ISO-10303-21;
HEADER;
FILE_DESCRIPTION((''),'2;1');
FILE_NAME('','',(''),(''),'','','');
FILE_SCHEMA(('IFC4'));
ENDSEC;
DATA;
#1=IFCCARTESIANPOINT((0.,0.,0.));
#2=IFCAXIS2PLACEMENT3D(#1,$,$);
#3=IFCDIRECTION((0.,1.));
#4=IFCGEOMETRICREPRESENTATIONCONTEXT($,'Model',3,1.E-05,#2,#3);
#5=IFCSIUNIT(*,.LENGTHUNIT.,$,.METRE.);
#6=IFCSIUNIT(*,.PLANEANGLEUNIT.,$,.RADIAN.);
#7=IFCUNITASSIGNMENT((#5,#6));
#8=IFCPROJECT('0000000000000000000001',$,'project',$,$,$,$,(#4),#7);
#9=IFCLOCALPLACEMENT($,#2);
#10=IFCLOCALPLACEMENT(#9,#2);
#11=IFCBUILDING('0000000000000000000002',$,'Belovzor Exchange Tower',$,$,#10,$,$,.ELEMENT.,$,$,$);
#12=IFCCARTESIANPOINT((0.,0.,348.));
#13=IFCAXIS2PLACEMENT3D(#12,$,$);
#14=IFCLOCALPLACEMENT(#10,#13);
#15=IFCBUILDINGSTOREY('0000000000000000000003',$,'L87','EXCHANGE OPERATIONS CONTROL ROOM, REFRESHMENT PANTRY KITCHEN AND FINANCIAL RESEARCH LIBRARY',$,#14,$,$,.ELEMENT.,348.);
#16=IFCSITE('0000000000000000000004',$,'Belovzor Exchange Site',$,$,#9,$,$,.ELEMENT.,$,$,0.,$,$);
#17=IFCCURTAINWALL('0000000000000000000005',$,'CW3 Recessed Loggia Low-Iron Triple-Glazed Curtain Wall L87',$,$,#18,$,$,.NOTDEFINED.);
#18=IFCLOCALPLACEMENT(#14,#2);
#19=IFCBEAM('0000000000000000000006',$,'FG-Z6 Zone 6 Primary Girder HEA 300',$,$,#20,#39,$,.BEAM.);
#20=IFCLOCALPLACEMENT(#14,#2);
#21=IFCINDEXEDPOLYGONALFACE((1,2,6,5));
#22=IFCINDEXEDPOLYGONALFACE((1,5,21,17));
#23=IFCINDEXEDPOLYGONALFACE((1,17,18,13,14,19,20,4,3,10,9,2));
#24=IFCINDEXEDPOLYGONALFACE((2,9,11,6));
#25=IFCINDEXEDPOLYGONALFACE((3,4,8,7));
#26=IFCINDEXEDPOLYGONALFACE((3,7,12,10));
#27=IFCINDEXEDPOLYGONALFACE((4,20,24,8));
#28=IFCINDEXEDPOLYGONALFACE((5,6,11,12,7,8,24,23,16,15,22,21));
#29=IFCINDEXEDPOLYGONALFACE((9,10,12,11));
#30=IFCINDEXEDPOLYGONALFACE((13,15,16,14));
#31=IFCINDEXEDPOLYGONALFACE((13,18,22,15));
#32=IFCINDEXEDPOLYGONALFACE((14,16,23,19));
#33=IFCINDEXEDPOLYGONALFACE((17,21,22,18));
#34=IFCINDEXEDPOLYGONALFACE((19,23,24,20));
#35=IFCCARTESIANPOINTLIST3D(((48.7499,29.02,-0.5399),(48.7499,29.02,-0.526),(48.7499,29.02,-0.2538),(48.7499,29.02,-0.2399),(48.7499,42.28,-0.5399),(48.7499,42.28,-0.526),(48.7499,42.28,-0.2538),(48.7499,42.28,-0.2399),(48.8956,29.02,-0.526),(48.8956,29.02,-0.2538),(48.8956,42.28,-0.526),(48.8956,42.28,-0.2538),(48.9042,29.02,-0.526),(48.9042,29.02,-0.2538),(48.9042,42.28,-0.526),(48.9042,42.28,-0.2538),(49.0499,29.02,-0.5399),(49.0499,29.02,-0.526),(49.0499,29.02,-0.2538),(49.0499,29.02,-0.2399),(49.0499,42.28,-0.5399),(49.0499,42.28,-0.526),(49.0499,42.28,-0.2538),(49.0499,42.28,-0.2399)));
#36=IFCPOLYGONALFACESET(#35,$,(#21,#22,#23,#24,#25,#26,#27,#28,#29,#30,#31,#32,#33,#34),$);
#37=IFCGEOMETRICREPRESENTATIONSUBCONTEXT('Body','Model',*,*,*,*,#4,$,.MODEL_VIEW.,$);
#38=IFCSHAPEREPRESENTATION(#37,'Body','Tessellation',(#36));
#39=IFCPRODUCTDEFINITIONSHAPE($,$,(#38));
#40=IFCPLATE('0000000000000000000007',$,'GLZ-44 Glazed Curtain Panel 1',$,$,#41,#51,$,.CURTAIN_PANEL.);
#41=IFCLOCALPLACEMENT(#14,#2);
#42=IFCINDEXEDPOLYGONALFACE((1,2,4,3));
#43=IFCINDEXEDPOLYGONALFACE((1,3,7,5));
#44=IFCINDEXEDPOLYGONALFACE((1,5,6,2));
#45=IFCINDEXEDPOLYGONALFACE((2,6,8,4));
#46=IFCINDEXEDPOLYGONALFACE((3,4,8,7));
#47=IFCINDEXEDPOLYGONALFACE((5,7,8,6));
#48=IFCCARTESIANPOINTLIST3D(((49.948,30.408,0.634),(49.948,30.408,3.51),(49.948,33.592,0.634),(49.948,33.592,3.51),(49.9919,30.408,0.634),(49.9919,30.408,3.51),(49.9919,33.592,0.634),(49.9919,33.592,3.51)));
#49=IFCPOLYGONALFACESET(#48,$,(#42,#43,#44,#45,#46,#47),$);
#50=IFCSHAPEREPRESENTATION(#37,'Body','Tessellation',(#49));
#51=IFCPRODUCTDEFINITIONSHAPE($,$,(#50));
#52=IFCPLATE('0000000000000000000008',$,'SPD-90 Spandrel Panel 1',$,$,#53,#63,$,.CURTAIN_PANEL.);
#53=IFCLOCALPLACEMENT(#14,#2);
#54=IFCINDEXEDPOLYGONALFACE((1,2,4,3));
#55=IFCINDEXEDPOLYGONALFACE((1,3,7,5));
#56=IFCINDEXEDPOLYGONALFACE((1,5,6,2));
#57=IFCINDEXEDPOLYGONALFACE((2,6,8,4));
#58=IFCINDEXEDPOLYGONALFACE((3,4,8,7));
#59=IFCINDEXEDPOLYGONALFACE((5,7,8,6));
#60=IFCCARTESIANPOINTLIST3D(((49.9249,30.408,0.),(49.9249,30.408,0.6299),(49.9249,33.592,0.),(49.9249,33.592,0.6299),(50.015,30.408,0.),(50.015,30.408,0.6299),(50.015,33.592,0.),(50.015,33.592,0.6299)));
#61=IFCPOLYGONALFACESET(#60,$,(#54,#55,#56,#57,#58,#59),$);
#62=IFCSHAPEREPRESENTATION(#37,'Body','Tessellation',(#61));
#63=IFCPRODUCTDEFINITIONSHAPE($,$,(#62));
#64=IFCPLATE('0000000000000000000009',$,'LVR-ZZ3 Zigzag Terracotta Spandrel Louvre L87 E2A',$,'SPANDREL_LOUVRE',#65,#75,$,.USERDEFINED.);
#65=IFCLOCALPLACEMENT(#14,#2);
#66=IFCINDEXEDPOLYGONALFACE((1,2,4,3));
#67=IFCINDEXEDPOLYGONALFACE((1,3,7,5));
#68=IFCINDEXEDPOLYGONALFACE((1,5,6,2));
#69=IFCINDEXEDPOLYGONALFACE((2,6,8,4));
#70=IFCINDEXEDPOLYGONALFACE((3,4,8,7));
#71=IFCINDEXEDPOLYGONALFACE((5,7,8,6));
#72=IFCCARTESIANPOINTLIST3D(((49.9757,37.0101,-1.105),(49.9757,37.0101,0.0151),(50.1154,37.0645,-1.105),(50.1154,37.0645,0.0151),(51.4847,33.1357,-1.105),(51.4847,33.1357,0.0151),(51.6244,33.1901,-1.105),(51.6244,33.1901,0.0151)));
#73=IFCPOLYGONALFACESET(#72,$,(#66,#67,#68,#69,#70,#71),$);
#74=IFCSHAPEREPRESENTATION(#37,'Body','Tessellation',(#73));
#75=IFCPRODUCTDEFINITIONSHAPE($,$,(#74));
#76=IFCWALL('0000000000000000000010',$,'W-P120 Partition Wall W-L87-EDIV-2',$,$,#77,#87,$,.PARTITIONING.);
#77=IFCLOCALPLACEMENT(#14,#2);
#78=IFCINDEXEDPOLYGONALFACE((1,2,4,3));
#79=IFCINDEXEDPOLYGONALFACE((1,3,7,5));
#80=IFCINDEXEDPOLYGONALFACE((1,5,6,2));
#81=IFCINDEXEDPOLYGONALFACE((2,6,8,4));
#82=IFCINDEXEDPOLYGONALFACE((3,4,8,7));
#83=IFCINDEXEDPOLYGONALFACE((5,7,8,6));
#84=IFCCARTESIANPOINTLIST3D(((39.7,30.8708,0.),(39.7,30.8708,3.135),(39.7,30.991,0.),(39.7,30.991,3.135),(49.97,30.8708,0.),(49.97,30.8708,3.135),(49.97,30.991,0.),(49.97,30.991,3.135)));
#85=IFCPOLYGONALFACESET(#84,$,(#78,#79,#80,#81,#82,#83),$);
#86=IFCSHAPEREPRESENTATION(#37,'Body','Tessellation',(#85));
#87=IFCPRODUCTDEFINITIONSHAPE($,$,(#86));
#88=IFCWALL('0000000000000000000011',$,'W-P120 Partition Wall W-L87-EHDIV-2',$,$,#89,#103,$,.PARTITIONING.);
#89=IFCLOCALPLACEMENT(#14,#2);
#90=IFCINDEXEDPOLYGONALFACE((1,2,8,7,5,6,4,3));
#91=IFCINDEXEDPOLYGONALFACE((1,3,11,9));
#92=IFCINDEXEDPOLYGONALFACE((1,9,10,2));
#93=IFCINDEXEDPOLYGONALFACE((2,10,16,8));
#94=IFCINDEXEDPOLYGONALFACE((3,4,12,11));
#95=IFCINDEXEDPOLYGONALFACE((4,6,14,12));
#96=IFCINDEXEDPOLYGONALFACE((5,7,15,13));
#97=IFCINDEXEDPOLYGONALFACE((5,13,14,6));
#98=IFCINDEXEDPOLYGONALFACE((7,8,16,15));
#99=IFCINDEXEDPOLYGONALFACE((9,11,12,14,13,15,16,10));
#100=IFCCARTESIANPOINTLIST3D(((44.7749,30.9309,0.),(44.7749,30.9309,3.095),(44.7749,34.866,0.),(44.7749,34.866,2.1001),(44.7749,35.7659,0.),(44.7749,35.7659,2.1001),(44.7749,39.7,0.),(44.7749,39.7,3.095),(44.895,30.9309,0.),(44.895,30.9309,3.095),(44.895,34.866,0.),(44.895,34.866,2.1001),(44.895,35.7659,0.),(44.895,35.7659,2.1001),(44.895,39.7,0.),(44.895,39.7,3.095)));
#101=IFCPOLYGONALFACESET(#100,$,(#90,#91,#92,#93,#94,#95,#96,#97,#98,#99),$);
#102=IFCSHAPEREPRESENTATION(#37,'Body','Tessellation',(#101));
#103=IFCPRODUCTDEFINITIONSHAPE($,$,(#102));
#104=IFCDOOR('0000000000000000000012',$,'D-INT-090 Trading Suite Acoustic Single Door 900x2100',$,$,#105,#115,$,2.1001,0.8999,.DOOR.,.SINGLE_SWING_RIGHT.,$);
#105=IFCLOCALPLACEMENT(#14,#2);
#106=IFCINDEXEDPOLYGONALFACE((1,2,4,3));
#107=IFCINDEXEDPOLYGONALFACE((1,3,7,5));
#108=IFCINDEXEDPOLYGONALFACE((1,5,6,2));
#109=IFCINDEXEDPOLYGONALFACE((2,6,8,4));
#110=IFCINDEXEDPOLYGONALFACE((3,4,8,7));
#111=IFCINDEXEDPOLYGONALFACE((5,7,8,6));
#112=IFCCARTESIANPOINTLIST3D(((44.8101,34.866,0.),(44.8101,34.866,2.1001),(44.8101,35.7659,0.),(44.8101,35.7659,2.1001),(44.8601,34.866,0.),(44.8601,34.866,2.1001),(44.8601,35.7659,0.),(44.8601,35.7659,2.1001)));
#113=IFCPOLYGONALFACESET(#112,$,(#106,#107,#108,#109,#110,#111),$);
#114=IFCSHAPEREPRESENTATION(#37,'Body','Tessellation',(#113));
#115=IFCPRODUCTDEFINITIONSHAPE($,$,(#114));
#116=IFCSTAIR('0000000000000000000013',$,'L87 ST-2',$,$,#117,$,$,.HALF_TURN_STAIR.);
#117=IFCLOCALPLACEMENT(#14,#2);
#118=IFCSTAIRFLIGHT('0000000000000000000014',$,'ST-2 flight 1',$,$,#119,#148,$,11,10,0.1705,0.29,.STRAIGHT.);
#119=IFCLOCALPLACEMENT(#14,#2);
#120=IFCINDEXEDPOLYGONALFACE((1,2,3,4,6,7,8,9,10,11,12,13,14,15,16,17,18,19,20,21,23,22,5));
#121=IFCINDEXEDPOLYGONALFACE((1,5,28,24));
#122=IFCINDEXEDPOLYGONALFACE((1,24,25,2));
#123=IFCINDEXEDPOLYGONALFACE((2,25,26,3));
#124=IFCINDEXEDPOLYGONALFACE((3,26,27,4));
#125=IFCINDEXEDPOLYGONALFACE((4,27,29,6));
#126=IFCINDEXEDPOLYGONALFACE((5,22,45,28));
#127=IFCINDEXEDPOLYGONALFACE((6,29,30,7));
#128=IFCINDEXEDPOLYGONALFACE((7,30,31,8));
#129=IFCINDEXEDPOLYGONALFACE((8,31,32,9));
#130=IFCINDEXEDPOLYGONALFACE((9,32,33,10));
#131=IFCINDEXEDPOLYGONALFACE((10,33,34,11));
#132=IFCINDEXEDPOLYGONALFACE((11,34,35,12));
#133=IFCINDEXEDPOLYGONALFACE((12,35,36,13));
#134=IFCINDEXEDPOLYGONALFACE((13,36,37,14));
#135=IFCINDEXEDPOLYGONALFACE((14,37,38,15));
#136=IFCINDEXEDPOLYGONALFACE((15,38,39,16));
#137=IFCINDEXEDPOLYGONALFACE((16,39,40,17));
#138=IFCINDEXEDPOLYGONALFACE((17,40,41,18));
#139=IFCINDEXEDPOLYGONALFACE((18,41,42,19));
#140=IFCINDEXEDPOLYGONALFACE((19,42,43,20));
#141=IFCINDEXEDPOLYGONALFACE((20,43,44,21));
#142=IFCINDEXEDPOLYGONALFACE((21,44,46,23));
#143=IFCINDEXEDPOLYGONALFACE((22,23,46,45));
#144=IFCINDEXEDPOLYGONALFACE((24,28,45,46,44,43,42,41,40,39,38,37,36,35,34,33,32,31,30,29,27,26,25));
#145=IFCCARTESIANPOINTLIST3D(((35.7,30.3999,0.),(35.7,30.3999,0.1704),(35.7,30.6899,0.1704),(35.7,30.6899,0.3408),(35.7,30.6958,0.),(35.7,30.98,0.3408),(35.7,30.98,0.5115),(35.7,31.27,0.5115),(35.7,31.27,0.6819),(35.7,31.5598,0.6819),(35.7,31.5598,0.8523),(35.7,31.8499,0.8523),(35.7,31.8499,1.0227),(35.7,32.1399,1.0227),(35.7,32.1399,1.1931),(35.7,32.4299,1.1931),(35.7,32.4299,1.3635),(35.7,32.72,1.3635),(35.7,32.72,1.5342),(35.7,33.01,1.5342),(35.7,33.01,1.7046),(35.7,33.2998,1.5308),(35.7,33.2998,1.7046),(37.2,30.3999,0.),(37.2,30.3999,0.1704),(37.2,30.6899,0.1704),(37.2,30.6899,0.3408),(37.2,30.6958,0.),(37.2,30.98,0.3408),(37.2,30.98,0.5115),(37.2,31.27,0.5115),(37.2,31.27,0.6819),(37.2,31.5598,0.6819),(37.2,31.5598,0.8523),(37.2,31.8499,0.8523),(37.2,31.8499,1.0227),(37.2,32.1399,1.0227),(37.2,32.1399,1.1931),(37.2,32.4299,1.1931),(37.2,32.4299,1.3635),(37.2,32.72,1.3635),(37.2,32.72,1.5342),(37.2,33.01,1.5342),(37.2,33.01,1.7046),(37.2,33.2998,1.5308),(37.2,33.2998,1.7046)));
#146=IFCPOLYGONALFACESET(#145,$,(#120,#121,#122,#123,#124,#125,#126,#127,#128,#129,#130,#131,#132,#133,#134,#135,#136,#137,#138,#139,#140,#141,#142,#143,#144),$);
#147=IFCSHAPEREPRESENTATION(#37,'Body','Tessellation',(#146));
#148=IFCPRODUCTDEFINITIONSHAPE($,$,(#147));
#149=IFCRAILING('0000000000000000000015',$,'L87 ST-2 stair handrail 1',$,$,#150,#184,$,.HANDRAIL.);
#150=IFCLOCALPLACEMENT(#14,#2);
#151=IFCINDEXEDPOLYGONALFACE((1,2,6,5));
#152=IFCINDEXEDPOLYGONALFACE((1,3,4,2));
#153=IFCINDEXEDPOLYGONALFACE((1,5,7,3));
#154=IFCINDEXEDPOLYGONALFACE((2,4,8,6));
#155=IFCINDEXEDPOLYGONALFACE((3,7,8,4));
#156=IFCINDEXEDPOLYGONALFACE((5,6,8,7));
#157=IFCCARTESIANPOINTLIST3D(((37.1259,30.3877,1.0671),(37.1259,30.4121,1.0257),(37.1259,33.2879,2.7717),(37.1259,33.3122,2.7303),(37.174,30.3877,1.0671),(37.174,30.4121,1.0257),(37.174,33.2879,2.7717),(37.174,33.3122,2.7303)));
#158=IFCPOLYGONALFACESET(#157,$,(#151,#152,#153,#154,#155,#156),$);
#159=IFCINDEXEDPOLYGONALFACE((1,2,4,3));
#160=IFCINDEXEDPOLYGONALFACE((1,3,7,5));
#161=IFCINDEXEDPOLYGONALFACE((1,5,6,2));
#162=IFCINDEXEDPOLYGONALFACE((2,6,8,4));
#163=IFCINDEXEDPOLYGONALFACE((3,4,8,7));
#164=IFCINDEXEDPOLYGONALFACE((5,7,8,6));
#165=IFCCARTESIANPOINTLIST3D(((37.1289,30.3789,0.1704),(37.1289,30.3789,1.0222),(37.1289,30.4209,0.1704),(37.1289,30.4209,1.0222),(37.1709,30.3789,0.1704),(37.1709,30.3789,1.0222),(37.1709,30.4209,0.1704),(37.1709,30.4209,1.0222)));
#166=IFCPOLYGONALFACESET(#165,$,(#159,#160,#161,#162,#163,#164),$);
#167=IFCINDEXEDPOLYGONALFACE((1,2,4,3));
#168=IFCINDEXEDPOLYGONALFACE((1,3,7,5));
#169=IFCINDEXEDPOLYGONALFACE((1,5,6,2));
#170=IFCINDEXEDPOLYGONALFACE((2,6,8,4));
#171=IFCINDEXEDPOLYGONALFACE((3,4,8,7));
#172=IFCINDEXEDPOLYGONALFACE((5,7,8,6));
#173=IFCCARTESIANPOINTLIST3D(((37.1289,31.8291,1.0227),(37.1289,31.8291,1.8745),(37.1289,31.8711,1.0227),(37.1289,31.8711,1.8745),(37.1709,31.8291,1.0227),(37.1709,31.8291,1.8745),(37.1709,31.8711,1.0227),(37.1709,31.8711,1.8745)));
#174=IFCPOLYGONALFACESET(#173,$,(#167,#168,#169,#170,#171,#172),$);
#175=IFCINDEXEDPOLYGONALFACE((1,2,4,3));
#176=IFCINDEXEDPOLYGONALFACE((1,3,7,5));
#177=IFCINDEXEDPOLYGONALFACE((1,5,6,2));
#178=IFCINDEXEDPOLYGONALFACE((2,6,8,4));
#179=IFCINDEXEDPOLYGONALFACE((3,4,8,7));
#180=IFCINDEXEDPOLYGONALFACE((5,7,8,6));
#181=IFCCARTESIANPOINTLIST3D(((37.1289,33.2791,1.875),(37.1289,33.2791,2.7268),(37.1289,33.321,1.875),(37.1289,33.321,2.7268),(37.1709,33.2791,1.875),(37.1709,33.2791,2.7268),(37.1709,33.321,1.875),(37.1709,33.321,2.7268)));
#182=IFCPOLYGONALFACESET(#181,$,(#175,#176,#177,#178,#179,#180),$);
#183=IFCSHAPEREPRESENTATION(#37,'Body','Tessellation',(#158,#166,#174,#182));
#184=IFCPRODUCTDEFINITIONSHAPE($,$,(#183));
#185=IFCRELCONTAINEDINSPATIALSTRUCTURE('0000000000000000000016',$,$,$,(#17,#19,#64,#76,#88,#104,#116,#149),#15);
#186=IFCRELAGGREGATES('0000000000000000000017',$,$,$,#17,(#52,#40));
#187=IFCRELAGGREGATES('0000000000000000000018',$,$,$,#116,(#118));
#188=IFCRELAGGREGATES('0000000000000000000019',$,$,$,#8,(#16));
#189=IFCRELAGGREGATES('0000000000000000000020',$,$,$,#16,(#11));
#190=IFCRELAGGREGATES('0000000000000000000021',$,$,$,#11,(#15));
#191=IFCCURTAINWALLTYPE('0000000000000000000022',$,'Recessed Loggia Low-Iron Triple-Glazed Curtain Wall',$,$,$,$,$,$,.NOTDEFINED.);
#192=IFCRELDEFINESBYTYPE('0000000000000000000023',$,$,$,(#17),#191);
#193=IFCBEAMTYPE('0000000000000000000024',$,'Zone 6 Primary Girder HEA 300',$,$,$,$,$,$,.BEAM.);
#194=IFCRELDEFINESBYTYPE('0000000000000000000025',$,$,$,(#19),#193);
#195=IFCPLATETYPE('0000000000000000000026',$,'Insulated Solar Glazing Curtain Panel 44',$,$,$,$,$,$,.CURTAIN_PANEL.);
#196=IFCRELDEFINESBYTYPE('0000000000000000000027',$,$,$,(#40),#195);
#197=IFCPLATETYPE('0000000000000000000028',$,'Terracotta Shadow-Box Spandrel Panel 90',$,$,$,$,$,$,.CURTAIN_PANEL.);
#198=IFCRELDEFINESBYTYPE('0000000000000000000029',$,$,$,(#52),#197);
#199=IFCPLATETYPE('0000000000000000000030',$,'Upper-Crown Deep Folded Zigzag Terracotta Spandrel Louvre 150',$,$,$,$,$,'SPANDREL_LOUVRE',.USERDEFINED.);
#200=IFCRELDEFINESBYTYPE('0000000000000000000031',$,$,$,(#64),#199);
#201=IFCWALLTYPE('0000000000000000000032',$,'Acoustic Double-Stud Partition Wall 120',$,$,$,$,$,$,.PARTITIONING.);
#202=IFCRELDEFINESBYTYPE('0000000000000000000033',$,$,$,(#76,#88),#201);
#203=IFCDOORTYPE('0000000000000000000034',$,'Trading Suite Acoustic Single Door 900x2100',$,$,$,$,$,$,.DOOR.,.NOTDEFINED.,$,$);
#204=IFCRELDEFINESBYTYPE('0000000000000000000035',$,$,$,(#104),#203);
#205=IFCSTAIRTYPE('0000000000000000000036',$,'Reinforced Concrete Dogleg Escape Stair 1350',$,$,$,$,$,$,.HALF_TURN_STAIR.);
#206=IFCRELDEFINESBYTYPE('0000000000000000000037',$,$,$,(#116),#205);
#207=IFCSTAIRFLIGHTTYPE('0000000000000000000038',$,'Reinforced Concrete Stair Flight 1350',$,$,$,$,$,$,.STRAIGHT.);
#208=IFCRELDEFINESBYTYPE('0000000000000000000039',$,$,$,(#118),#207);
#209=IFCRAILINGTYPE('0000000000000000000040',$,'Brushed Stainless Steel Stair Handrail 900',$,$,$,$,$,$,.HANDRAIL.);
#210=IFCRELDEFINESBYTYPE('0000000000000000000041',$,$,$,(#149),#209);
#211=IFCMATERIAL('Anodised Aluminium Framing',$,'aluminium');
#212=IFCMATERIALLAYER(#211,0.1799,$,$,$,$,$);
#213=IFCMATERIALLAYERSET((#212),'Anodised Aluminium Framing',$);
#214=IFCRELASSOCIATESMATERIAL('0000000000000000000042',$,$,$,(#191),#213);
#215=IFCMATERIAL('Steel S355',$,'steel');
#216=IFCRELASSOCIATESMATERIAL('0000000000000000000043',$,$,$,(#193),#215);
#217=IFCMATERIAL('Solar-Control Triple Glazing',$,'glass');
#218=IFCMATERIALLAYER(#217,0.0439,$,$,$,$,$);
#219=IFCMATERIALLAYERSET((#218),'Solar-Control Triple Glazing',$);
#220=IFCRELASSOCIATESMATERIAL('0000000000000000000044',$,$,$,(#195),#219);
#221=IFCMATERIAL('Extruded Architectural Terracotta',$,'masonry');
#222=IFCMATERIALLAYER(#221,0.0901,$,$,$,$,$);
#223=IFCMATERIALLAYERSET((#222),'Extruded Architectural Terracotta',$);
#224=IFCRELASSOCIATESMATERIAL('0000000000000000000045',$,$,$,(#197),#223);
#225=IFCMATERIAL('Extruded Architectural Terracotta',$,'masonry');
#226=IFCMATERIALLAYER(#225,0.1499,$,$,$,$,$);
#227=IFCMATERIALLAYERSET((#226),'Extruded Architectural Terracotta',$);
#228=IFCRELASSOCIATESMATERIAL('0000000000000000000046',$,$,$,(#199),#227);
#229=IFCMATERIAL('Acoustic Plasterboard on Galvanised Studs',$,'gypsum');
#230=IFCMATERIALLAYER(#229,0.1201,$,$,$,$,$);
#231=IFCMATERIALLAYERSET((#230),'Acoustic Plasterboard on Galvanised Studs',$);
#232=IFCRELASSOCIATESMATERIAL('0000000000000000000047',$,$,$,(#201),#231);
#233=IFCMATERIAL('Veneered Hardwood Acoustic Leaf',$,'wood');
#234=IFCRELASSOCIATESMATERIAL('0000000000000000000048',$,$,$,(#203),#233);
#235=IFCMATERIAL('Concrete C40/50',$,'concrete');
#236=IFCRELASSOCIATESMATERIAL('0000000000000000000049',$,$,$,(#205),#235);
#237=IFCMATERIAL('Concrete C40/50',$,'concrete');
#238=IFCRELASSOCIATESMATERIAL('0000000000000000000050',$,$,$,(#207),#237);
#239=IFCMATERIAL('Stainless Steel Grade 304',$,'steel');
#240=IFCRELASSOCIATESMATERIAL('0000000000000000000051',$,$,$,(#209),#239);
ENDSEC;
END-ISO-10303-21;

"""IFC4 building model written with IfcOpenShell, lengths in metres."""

from ifc_helpers import new_model, si_unit, direction, frame, frame_2d, origin, origin_2d, place, context, subcontext, project, spatial, polyline, rectangle, i_section, outline, extrude, material, layer, layer_set, material_profile, profile_set, type_object, element, fill, aggregate, save


model = new_model("IFC4")

# Units and contexts
model_context = context("Model", 3, precision=1e-05, world=origin(), true_north=direction((0.0, 1.0)))
body_context = subcontext(model_context, "Body", "Model", "MODEL_VIEW")
ifc_project = project(units=[si_unit("LENGTHUNIT", "METRE"), si_unit("PLANEANGLEUNIT", "RADIAN")], contexts=[model_context])

# Site, building, storey
site_placement = place(None, origin())
site = spatial("IfcSite", under=ifc_project, at=site_placement, Name="Belovzor Exchange Site", CompositionType="ELEMENT", RefElevation=0.0)
building_placement = place(site_placement, origin())
building = spatial("IfcBuilding", under=site, at=building_placement, Name="Belovzor Exchange Tower", CompositionType="ELEMENT")
storey_placement = place(building_placement, frame((0.0, 0.0, 348.0)))
storey = spatial("IfcBuildingStorey", under=building, at=storey_placement, Name="L87", Description="EXCHANGE OPERATIONS CONTROL ROOM, REFRESHMENT PANTRY KITCHEN AND FINANCIAL RESEARCH LIBRARY", CompositionType="ELEMENT", Elevation=348.0)

# Curtain wall
ifc_material_1 = material(Name="Anodised Aluminium Framing", Category="aluminium")
ifc_layer_1 = layer(ifc_material_1, 0.1799)
ifc_layer_set_1 = layer_set([ifc_layer_1], Name="Anodised Aluminium Framing")
curtain_wall_type = type_object("IfcCurtainWallType", Name="Recessed Loggia Low-Iron Triple-Glazed Curtain Wall", PredefinedType="NOTDEFINED", material=ifc_layer_set_1)
curtain_wall_placement = place(storey_placement, origin())
curtain_wall = element("IfcCurtainWall", 1, at=curtain_wall_placement, inside=storey, type_object=curtain_wall_type, Name="CW3 Recessed Loggia Low-Iron Triple-Glazed Curtain Wall L87", PredefinedType="NOTDEFINED")

# Beam
ifc_material_2 = material(Name="Steel S355", Category="steel")
ifc_material_profile_1 = material_profile(ifc_material_2, i_section(OverallWidth=0.3, OverallDepth=0.3, WebThickness=0.0085, FlangeThickness=0.0139, at=origin_2d()))
ifc_profile_set_1 = profile_set([ifc_material_profile_1], Name="Steel S355")
beam_type_1 = type_object("IfcBeamType", Name="Zone 6 Primary Girder HEA 300", PredefinedType="BEAM", material=ifc_profile_set_1)
beam_1_placement = place(storey_placement, frame((48.8999, 29.02, -0.3899), z_axis=(0.0, 1.0, 0.0), x_axis=(-1.0, 0.0, 0.0)))
element("IfcBeam", 2, at=beam_1_placement, inside=storey, type_object=beam_type_1, Name="FG-Z6 Zone 6 Primary Girder HEA 300", PredefinedType="BEAM", context=body_context, shape_type="SweptSolid", body=[
    extrude(i_section(OverallWidth=0.3, OverallDepth=0.3, WebThickness=0.0085, FlangeThickness=0.0139, at=origin_2d()), origin(), (0.0, 0.0, 1.0), 13.26),
])

# Plates
ifc_material_3 = material(Name="Solar-Control Triple Glazing", Category="glass")
ifc_layer_2 = layer(ifc_material_3, 0.0439)
ifc_layer_set_2 = layer_set([ifc_layer_2], Name="Solar-Control Triple Glazing")
plate_type_1 = type_object("IfcPlateType", Name="Insulated Solar Glazing Curtain Panel 44", PredefinedType="CURTAIN_PANEL", material=ifc_layer_set_2)
plate_1_placement = place(storey_placement, frame((49.97, 32.0, 0.634), z_axis=(0.0, 0.0, 1.0), x_axis=(0.0, -1.0, 0.0)))
plate_1 = element("IfcPlate", 3, at=plate_1_placement, type_object=plate_type_1, Name="GLZ-44 Glazed Curtain Panel 1", PredefinedType="CURTAIN_PANEL", context=body_context, shape_type="SweptSolid", body=[
    extrude(rectangle(XDim=3.1841, YDim=0.0439, at=origin_2d()), origin(), (0.0, 0.0, 1.0), 2.876),
])
ifc_material_4 = material(Name="Extruded Architectural Terracotta", Category="masonry")
ifc_layer_3 = layer(ifc_material_4, 0.0901)
ifc_layer_set_3 = layer_set([ifc_layer_3], Name="Extruded Architectural Terracotta")
plate_type_2 = type_object("IfcPlateType", Name="Terracotta Shadow-Box Spandrel Panel 90", PredefinedType="CURTAIN_PANEL", material=ifc_layer_set_3)
plate_2_placement = place(storey_placement, frame((49.97, 32.0, 0.0), z_axis=(0.0, 0.0, 1.0), x_axis=(0.0, -1.0, 0.0)))
plate_2 = element("IfcPlate", 4, at=plate_2_placement, type_object=plate_type_2, Name="SPD-90 Spandrel Panel 1", PredefinedType="CURTAIN_PANEL", context=body_context, shape_type="SweptSolid", body=[
    extrude(rectangle(XDim=3.1841, YDim=0.0901, at=origin_2d()), origin(), (0.0, 0.0, 1.0), 0.6299),
])
aggregate(curtain_wall, [plate_2, plate_1])
ifc_material_5 = material(Name="Extruded Architectural Terracotta", Category="masonry")
ifc_layer_4 = layer(ifc_material_5, 0.1499)
ifc_layer_set_4 = layer_set([ifc_layer_4], Name="Extruded Architectural Terracotta")
plate_type_3 = type_object("IfcPlateType", Name="Upper-Crown Deep Folded Zigzag Terracotta Spandrel Louvre 150", ElementType="SPANDREL_LOUVRE", PredefinedType="USERDEFINED", material=ifc_layer_set_4)
plate_3_placement = place(storey_placement, frame((50.8, 35.1001, -1.105), z_axis=(0.0, 0.0, 1.0), x_axis=(-0.362926, 0.931818, 0.0)))
element("IfcPlate", 5, at=plate_3_placement, inside=storey, type_object=plate_type_3, Name="LVR-ZZ3 Zigzag Terracotta Spandrel Louvre L87 E2A", ObjectType="SPANDREL_LOUVRE", PredefinedType="USERDEFINED", context=body_context, shape_type="SweptSolid", body=[
    extrude(rectangle(XDim=4.158, YDim=0.1499, at=origin_2d()), origin(), (0.0, 0.0, 1.0), 1.1201),
])

# Wall
ifc_material_6 = material(Name="Acoustic Plasterboard on Galvanised Studs", Category="gypsum")
ifc_layer_5 = layer(ifc_material_6, 0.1201)
ifc_layer_set_5 = layer_set([ifc_layer_5], Name="Acoustic Plasterboard on Galvanised Studs")
wall_type = type_object("IfcWallType", Name="Acoustic Double-Stud Partition Wall 120", PredefinedType="PARTITIONING", material=ifc_layer_set_5)
wall_1_placement = place(storey_placement, frame((39.7, 30.9309, 0.0), z_axis=(0.0, 0.0, 1.0), x_axis=(1.0, 0.0, 0.0)))
element("IfcWall", 6, at=wall_1_placement, inside=storey, type_object=wall_type, Name="W-P120 Partition Wall W-L87-EDIV-2", PredefinedType="PARTITIONING", context=body_context, shape_type="SweptSolid", body=[
    extrude(rectangle(XDim=10.27, YDim=0.1201, at=frame_2d((5.135, 0.0))), origin(), (0.0, 0.0, 1.0), 3.135),
])

# Wall, opening, door
wall_2_placement = place(storey_placement, frame((44.835, 30.9309, 0.0), z_axis=(0.0, 0.0, 1.0), x_axis=(0.0, 1.0, 0.0)))
wall_2 = element("IfcWall", 7, at=wall_2_placement, inside=storey, type_object=wall_type, Name="W-P120 Partition Wall W-L87-EHDIV-2", PredefinedType="PARTITIONING", context=body_context, shape_type="SweptSolid", body=[
    extrude(rectangle(XDim=8.769, YDim=0.1201, at=frame_2d((4.3845, 0.0))), origin(), (0.0, 0.0, 1.0), 3.095),
])
opening_placement = place(wall_2_placement, frame((3.9351, 0.0, 0.0)))
opening = element("IfcOpeningElement", 8, at=opening_placement, cuts=wall_2, PredefinedType="OPENING", context=body_context, shape_type="SweptSolid", body=[
    extrude(rectangle(XDim=0.8999, YDim=2.1001, at=frame_2d((0.45, 1.05))), frame((0.0, 0.0701, 0.0), z_axis=(0.0, -1.0, 0.0), x_axis=(1.0, 0.0, 0.0)), (0.0, 0.0, 1.0), 0.1401),
])
ifc_material_7 = material(Name="Veneered Hardwood Acoustic Leaf", Category="wood")
door_type = type_object("IfcDoorType", Name="Trading Suite Acoustic Single Door 900x2100", OperationType="NOTDEFINED", PredefinedType="DOOR", material=ifc_material_7)
door_placement = place(opening_placement, origin())
door = element("IfcDoor", 9, at=door_placement, inside=storey, type_object=door_type, Name="D-INT-090 Trading Suite Acoustic Single Door 900x2100", OperationType="SINGLE_SWING_RIGHT", OverallHeight=2.1001, OverallWidth=0.8999, PredefinedType="DOOR", context=body_context, shape_type="SweptSolid", body=[
    extrude(rectangle(XDim=0.8999, YDim=2.1001, at=frame_2d((0.45, 1.05))), frame((0.0, 0.0249, 0.0), z_axis=(0.0, -1.0, 0.0), x_axis=(1.0, 0.0, 0.0)), (0.0, 0.0, 1.0), 0.05),
])
fill(opening, door)

# Stair, stair flight
ifc_material_8 = material(Name="Concrete C40/50", Category="concrete")
stair_type = type_object("IfcStairType", Name="Reinforced Concrete Dogleg Escape Stair 1350", PredefinedType="HALF_TURN_STAIR", material=ifc_material_8)
stair_placement = place(storey_placement, origin())
stair = element("IfcStair", 10, at=stair_placement, inside=storey, type_object=stair_type, Name="L87 ST-2", PredefinedType="HALF_TURN_STAIR")
ifc_material_9 = material(Name="Concrete C40/50", Category="concrete")
stair_flight_type = type_object("IfcStairFlightType", Name="Reinforced Concrete Stair Flight 1350", PredefinedType="STRAIGHT", material=ifc_material_9)
stair_flight_placement = place(storey_placement, frame((36.45, 30.3999, 0.0), z_axis=(0.0, 0.0, 1.0), x_axis=(0.0, 1.0, 0.0)))
stair_flight = element("IfcStairFlight", 11, at=stair_flight_placement, type_object=stair_flight_type, Name="ST-2 flight 1", NumberOfRisers=11, NumberOfTreads=10, PredefinedType="STRAIGHT", RiserHeight=0.1705, TreadLength=0.29, context=body_context, shape_type="SweptSolid", body=[
    extrude(outline(polyline([(0.0, 0.0), (0.0, 0.1704), (0.29, 0.1704), (0.29, 0.3408), (0.5801, 0.3408), (0.5801, 0.5115), (0.8701, 0.5115), (0.8701, 0.6819), (1.1599, 0.6819), (1.1599, 0.8523), (1.45, 0.8523), (1.45, 1.0227), (1.74, 1.0227), (1.74, 1.1931), (2.03, 1.1931), (2.03, 1.3635), (2.3201, 1.3635), (2.3201, 1.5342), (2.6101, 1.5342), (2.6101, 1.7046), (2.8999, 1.7046), (2.8999, 1.875), (2.8999, 1.5308), (0.2959, 0.0), (0.0, 0.0)])), frame((0.0, 0.75, 0.0), z_axis=(0.0, -1.0, 0.0), x_axis=(1.0, 0.0, 0.0)), (0.0, 0.0, 1.0), 1.5),
])
aggregate(stair, [stair_flight])

# Railing
ifc_material_10 = material(Name="Stainless Steel Grade 304", Category="steel")
railing_type = type_object("IfcRailingType", Name="Brushed Stainless Steel Stair Handrail 900", PredefinedType="HANDRAIL", material=ifc_material_10)
railing_placement = place(storey_placement, frame((37.1499, 30.3999, 0.1704)))
element("IfcRailing", 12, at=railing_placement, inside=storey, type_object=railing_type, Name="L87 ST-2 stair handrail 1", PredefinedType="HANDRAIL", context=body_context, shape_type="SweptSolid", body=[
    extrude(rectangle(XDim=0.0481, YDim=0.0481, at=origin_2d()), frame((0.0, 0.0, 0.876), z_axis=(0.0, 0.862113, 0.506716), x_axis=(-1.0, 0.0, 0.0)), (0.0, 0.0, 1.0), 3.364),
    extrude(rectangle(XDim=0.042, YDim=0.042, at=origin_2d()), origin(), (0.0, 0.0, 1.0), 0.8518),
    extrude(rectangle(XDim=0.042, YDim=0.042, at=origin_2d()), frame((0.0, 1.4502, 0.8523)), (0.0, 0.0, 1.0), 0.8518),
    extrude(rectangle(XDim=0.042, YDim=0.042, at=origin_2d()), frame((0.0, 2.9001, 1.7046)), (0.0, 0.0, 1.0), 0.8518),
])

save(model, "model.ifc")
